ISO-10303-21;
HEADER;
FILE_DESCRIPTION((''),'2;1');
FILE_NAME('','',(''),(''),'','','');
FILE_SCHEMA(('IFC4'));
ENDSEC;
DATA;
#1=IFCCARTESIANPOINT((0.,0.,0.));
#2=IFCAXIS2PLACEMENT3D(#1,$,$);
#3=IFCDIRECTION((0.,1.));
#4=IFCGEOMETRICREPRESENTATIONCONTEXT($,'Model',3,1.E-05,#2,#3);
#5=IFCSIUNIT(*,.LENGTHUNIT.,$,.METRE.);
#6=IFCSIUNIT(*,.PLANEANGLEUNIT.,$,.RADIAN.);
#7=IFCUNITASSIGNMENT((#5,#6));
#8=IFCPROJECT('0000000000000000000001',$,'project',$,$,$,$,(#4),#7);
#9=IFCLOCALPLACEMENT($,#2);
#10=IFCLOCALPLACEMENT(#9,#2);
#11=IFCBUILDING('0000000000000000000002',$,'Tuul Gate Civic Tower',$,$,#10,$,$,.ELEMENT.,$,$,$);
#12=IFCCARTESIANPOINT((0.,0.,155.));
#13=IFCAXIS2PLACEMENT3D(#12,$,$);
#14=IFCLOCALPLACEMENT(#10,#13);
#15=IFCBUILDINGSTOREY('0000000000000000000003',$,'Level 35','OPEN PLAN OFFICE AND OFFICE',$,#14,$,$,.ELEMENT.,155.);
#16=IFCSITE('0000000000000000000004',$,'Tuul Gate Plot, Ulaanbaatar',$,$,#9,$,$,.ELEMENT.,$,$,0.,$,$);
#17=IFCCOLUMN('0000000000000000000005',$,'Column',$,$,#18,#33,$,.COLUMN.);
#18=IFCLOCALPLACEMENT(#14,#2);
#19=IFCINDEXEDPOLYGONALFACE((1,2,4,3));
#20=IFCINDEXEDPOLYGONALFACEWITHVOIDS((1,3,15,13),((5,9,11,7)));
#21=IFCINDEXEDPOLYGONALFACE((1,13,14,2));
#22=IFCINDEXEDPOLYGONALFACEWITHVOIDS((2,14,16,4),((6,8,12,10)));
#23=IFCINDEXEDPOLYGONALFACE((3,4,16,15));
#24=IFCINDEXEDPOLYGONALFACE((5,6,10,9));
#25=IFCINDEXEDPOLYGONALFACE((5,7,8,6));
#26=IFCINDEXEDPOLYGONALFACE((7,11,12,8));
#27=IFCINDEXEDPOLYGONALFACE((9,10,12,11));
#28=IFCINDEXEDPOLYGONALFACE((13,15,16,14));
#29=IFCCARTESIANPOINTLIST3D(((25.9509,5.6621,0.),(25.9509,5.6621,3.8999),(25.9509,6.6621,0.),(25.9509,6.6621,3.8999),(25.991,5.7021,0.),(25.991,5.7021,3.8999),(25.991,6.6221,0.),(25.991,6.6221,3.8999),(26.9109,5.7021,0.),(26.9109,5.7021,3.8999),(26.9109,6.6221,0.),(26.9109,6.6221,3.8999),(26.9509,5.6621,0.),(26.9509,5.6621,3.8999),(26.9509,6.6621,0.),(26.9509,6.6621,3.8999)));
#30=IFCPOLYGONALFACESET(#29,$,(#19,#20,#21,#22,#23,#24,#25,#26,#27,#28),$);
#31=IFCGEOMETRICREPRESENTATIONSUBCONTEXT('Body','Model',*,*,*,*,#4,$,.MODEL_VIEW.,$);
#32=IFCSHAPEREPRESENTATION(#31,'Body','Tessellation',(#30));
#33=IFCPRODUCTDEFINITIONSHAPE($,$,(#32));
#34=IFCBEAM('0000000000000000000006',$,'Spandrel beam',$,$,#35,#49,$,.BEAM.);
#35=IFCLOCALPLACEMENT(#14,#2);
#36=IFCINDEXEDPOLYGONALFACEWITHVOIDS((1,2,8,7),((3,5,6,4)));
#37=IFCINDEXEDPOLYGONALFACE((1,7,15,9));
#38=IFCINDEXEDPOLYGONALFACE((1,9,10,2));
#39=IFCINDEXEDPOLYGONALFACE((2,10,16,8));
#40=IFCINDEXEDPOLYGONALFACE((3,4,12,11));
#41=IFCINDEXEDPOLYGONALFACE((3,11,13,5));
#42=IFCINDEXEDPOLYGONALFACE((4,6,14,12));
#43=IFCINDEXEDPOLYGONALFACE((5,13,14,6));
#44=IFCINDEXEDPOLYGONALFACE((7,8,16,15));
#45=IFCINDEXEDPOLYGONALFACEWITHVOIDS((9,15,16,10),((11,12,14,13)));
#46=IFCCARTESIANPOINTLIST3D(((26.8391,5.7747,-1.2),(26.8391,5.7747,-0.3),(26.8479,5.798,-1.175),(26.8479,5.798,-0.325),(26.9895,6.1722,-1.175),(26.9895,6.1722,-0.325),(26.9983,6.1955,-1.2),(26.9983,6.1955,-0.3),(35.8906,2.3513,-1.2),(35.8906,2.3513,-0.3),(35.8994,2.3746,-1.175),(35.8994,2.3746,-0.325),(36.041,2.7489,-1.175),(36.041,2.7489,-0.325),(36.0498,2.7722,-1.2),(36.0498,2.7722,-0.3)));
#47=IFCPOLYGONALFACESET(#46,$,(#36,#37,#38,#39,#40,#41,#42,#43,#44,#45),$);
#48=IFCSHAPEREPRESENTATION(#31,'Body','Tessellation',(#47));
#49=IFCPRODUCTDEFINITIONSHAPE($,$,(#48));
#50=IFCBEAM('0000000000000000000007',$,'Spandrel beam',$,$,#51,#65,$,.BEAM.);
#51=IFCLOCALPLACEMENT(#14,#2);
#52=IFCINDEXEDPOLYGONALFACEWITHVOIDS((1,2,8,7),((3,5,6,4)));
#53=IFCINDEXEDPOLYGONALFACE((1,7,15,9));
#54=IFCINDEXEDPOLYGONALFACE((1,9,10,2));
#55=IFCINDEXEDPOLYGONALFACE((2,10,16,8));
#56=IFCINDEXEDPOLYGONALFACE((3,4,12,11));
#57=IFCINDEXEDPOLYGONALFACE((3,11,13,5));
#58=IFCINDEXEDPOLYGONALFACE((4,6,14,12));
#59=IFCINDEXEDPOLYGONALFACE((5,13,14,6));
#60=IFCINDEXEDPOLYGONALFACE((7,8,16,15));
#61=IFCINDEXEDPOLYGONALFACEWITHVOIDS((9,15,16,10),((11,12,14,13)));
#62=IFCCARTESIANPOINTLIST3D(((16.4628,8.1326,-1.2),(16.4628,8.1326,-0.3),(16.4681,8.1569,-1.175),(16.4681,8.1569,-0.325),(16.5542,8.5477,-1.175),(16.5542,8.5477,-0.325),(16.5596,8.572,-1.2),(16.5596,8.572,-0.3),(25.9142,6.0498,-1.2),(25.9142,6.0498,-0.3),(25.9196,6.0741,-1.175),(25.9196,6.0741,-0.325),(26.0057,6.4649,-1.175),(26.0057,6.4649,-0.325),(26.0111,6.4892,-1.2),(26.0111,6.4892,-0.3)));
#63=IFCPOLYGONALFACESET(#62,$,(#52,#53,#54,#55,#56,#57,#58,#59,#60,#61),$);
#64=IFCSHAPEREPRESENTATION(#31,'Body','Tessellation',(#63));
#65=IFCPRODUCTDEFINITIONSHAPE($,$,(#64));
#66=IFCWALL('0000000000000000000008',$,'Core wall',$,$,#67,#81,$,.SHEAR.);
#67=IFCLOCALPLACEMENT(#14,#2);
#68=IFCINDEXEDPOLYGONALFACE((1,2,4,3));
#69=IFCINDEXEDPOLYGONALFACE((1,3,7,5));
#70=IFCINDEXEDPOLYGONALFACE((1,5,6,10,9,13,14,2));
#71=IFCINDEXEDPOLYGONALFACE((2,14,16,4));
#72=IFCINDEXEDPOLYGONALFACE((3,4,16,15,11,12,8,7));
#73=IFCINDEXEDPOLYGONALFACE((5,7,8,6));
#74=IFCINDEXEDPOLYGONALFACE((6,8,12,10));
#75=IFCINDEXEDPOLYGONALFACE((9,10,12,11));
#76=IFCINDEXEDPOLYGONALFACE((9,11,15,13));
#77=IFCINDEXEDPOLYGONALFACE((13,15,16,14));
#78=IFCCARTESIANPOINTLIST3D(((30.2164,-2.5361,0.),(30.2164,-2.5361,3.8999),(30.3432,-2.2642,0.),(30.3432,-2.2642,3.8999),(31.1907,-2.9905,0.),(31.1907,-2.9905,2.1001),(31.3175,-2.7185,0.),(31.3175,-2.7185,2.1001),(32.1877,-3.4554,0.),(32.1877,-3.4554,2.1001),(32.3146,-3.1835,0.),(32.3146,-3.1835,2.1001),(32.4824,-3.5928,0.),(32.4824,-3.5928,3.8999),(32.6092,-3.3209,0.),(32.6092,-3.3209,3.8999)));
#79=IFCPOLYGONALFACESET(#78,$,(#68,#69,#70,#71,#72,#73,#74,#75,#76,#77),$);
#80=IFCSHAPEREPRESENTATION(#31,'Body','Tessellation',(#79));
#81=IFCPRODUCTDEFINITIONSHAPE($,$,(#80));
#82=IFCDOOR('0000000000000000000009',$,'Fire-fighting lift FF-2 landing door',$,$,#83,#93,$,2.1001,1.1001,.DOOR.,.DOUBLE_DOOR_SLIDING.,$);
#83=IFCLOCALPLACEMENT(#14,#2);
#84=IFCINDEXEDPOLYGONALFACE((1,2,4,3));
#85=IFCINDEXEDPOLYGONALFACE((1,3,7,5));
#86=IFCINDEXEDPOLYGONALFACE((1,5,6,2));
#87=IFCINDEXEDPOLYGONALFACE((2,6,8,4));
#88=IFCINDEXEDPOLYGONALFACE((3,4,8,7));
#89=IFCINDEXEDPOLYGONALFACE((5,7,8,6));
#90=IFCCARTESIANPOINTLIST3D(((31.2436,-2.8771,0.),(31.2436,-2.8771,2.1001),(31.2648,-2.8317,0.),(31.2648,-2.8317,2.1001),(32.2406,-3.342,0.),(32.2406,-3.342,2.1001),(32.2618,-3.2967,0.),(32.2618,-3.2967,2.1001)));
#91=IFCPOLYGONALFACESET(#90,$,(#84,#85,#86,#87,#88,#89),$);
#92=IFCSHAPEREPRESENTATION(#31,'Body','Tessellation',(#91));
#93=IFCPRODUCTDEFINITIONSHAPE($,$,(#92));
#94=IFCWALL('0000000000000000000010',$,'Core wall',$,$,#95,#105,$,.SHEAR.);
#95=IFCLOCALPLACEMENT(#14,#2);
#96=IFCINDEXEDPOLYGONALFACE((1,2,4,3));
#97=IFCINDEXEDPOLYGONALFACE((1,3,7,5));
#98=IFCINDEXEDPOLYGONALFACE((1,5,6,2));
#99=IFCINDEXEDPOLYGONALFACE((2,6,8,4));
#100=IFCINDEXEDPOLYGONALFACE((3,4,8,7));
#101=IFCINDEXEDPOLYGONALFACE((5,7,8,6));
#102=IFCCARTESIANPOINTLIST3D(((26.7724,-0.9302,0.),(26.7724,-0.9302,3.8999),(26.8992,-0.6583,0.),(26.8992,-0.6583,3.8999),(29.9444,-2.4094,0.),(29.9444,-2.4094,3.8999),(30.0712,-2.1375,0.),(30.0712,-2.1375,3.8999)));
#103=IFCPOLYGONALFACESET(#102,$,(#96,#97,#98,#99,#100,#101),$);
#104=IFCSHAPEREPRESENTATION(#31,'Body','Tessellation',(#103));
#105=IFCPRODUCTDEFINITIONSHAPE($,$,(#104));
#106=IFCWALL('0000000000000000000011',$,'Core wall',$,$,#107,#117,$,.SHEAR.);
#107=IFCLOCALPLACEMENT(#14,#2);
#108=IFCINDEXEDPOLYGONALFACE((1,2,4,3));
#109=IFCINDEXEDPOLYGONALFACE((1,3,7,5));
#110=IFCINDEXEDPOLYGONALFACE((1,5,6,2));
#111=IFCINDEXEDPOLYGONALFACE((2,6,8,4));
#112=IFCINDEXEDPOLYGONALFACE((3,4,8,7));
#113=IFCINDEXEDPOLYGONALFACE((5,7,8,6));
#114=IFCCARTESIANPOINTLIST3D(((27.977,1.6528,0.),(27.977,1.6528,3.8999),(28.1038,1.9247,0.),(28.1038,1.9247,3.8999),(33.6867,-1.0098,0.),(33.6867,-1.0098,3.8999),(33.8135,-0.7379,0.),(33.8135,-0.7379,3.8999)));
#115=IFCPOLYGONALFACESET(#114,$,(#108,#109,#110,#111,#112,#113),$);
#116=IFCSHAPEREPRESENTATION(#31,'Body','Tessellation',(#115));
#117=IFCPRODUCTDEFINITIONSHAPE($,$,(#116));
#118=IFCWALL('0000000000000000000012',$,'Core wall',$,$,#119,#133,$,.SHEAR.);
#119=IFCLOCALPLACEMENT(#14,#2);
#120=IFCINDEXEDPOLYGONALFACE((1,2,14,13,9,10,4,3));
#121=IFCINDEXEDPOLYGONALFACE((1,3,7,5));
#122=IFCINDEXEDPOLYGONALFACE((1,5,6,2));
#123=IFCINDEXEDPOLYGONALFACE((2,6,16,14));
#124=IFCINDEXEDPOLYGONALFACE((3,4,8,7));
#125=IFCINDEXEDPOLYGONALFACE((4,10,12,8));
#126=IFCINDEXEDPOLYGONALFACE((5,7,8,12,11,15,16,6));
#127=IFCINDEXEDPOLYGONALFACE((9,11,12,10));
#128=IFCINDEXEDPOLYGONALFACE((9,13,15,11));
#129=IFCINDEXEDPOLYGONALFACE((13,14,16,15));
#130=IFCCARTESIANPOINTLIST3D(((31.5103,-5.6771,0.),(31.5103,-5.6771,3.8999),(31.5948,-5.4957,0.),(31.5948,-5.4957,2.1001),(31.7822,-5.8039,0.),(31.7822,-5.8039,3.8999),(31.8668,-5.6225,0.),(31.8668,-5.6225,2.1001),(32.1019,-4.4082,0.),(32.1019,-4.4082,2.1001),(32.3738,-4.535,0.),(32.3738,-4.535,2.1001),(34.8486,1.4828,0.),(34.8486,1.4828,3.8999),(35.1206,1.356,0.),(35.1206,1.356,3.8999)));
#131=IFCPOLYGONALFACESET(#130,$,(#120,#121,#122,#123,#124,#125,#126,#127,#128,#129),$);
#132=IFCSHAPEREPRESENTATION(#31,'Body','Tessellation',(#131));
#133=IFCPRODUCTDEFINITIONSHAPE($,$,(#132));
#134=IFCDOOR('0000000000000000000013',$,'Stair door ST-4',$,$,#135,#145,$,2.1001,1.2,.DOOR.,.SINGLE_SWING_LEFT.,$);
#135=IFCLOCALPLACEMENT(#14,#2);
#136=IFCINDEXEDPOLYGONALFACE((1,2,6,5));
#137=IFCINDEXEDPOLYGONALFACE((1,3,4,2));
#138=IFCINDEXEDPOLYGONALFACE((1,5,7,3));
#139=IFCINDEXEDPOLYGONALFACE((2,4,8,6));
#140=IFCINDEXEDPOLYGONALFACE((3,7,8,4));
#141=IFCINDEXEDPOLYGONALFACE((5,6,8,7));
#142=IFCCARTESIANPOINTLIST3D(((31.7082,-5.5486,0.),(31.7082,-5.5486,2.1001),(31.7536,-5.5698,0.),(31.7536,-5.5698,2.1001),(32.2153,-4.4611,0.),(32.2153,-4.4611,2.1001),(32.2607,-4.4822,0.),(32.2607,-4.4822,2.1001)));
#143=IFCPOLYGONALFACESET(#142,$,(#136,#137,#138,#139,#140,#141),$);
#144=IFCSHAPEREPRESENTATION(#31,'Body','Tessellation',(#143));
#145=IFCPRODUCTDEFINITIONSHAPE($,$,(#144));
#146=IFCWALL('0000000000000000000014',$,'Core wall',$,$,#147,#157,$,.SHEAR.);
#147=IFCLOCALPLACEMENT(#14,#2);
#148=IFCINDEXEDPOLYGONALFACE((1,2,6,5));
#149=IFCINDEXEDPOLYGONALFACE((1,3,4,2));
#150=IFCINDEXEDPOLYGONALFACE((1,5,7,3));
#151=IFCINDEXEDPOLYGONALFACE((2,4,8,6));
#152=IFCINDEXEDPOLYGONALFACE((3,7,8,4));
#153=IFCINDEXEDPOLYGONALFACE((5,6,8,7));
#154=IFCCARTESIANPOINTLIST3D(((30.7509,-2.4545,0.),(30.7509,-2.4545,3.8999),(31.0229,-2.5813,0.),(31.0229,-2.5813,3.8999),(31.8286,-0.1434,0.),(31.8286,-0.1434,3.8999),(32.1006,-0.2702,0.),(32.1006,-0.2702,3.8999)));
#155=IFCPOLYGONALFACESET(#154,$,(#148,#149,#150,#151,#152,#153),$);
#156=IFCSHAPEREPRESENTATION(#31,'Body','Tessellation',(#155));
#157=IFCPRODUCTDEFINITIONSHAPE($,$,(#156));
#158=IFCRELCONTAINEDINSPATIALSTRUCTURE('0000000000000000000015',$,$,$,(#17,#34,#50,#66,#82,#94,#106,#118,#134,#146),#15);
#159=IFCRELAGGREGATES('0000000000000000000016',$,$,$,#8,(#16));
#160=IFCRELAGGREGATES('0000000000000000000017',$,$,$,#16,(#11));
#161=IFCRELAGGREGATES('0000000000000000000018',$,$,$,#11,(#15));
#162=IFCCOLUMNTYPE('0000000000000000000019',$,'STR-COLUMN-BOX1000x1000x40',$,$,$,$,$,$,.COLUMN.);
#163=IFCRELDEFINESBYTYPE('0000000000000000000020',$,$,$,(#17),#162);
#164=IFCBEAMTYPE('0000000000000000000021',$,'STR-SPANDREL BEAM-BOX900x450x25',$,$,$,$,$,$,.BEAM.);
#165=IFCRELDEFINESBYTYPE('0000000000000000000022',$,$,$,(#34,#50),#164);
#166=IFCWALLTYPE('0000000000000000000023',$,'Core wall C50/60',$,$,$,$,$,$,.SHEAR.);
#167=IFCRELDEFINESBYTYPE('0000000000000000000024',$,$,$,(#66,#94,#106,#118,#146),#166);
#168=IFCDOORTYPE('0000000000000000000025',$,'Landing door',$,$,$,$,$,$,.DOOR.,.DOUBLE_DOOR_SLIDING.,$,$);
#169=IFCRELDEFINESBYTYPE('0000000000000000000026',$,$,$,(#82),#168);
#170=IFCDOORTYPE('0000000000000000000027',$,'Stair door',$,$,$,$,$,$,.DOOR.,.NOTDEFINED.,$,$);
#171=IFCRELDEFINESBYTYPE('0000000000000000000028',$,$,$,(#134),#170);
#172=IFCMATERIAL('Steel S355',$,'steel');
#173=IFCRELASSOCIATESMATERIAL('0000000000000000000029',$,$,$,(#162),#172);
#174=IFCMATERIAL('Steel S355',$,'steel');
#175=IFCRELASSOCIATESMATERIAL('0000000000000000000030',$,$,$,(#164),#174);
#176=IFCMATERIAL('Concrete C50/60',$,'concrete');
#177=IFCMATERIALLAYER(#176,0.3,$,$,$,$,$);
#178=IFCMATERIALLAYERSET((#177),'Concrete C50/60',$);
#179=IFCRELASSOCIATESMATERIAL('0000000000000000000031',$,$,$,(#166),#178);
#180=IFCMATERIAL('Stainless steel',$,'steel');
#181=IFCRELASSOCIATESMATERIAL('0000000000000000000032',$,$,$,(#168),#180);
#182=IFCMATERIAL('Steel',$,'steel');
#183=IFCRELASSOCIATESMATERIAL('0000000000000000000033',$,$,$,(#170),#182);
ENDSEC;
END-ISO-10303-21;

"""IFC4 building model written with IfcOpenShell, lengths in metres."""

from ifc_helpers import new_model, si_unit, direction, frame, frame_2d, origin, origin_2d, place, context, subcontext, project, spatial, rectangle, hollow_rectangle, extrude, material, layer, layer_set, material_profile, profile_set, type_object, element, fill, save


model = new_model("IFC4")

# Units and contexts
model_context = context("Model", 3, precision=1e-05, world=origin(), true_north=direction((0.0, 1.0)))
body_context = subcontext(model_context, "Body", "Model", "MODEL_VIEW")
ifc_project = project(units=[si_unit("LENGTHUNIT", "METRE"), si_unit("PLANEANGLEUNIT", "RADIAN")], contexts=[model_context])

# Site, building, storey
site_placement = place(None, origin())
site = spatial("IfcSite", under=ifc_project, at=site_placement, Name="Tuul Gate Plot, Ulaanbaatar", CompositionType="ELEMENT", RefElevation=0.0)
building_placement = place(site_placement, origin())
building = spatial("IfcBuilding", under=site, at=building_placement, Name="Tuul Gate Civic Tower", CompositionType="ELEMENT")
storey_placement = place(building_placement, frame((0.0, 0.0, 155.0)))
storey = spatial("IfcBuildingStorey", under=building, at=storey_placement, Name="Level 35", Description="OPEN PLAN OFFICE AND OFFICE", CompositionType="ELEMENT", Elevation=155.0)

# Column
ifc_material_1 = material(Name="Steel S355", Category="steel")
ifc_material_profile_1 = material_profile(ifc_material_1, hollow_rectangle(XDim=1.0, YDim=1.0, WallThickness=0.04, at=origin_2d()), Name="BOX1000x1000x40")
ifc_profile_set_1 = profile_set([ifc_material_profile_1], Name="Steel S355")
column_type = type_object("IfcColumnType", Name="STR-COLUMN-BOX1000x1000x40", PredefinedType="COLUMN", material=ifc_profile_set_1)
column_placement = place(storey_placement, frame((26.4509, 6.1621, 0.0), z_axis=(0.0, 0.0, 1.0), x_axis=(1.0, 0.0, 0.0)))
element("IfcColumn", 1, at=column_placement, inside=storey, type_object=column_type, Name="Column", PredefinedType="COLUMN", context=body_context, shape_type="SweptSolid", body=[
    extrude(hollow_rectangle(XDim=1.0, YDim=1.0, WallThickness=0.04, at=origin_2d()), origin(), (0.0, 0.0, 1.0), 3.8999),
])

# Beams
ifc_material_2 = material(Name="Steel S355", Category="steel")
ifc_material_profile_2 = material_profile(ifc_material_2, hollow_rectangle(XDim=0.45, YDim=0.8999, WallThickness=0.0249, at=origin_2d()), Name="BOX900x450x25")
ifc_profile_set_2 = profile_set([ifc_material_profile_2], Name="Steel S355")
beam_type = type_object("IfcBeamType", Name="STR-SPANDREL BEAM-BOX900x450x25", PredefinedType="BEAM", material=ifc_profile_set_2)
beam_1_placement = place(storey_placement, frame((35.9702, 2.5618, -0.75), z_axis=(-0.93534, 0.353751, 0.0), x_axis=(-0.353751, -0.93534, 0.0)))
element("IfcBeam", 2, at=beam_1_placement, inside=storey, type_object=beam_type, Name="Spandrel beam", PredefinedType="BEAM", context=body_context, shape_type="SweptSolid", body=[
    extrude(hollow_rectangle(XDim=0.45, YDim=0.8999, WallThickness=0.0249, at=origin_2d()), origin(), (0.0, 0.0, 1.0), 9.6772),
])
beam_2_placement = place(storey_placement, frame((25.9626, 6.2695, -0.75), z_axis=(-0.97657, 0.215202, 0.0), x_axis=(-0.215202, -0.97657, 0.0)))
element("IfcBeam", 3, at=beam_2_placement, inside=storey, type_object=beam_type, Name="Spandrel beam", PredefinedType="BEAM", context=body_context, shape_type="SweptSolid", body=[
    extrude(hollow_rectangle(XDim=0.45, YDim=0.8999, WallThickness=0.0249, at=origin_2d()), origin(), (0.0, 0.0, 1.0), 9.6782),
])

# Wall, opening, door
ifc_material_3 = material(Name="Concrete C50/60", Category="concrete")
ifc_layer_1 = layer(ifc_material_3, 0.3)
ifc_layer_set_1 = layer_set([ifc_layer_1], Name="Concrete C50/60")
wall_type_1 = type_object("IfcWallType", Name="Core wall C50/60", PredefinedType="SHEAR", material=ifc_layer_set_1)
wall_1_placement = place(storey_placement, frame((32.5457, -3.4568, 0.0), z_axis=(0.0, 0.0, 1.0), x_axis=(-0.9063, 0.422634, 0.0)))
wall_1 = element("IfcWall", 4, at=wall_1_placement, inside=storey, type_object=wall_type_1, Name="Core wall", PredefinedType="SHEAR", context=body_context, shape_type="SweptSolid", body=[
    extrude(rectangle(XDim=2.5002, YDim=0.3, at=frame_2d((1.25, 0.0))), origin(), (0.0, 0.0, 1.0), 3.8999),
])
opening_1_placement = place(wall_1_placement, frame((0.325, 0.0, 0.0)))
opening_1 = element("IfcOpeningElement", 5, at=opening_1_placement, cuts=wall_1, PredefinedType="OPENING", context=body_context, shape_type="SweptSolid", body=[
    extrude(rectangle(XDim=1.1001, YDim=2.1001, at=frame_2d((0.55, 1.05))), frame((0.0, 0.1602, 0.0), z_axis=(0.0, -1.0, 0.0), x_axis=(1.0, 0.0, 0.0)), (0.0, 0.0, 1.0), 0.3201),
])
ifc_material_4 = material(Name="Stainless steel", Category="steel")
door_type_1 = type_object("IfcDoorType", Name="Landing door", OperationType="DOUBLE_DOOR_SLIDING", PredefinedType="DOOR", material=ifc_material_4)
door_1_placement = place(opening_1_placement, origin())
door_1 = element("IfcDoor", 6, at=door_1_placement, inside=storey, type_object=door_type_1, Name="Fire-fighting lift FF-2 landing door", OperationType="DOUBLE_DOOR_SLIDING", OverallHeight=2.1001, OverallWidth=1.1001, PredefinedType="DOOR", context=body_context, shape_type="SweptSolid", body=[
    extrude(rectangle(XDim=1.1001, YDim=2.1001, at=frame_2d((0.55, 1.05))), frame((0.0, 0.0249, 0.0), z_axis=(0.0, -1.0, 0.0), x_axis=(1.0, 0.0, 0.0)), (0.0, 0.0, 1.0), 0.05),
])
fill(opening_1, door_1)

# Walls
wall_2_placement = place(storey_placement, frame((30.0078, -2.2734, 0.0), z_axis=(0.0, 0.0, 1.0), x_axis=(-0.906301, 0.422633, 0.0)))
element("IfcWall", 7, at=wall_2_placement, inside=storey, type_object=wall_type_1, Name="Core wall", PredefinedType="SHEAR", context=body_context, shape_type="SweptSolid", body=[
    extrude(rectangle(XDim=3.5, YDim=0.3, at=frame_2d((1.75, 0.0))), origin(), (0.0, 0.0, 1.0), 3.8999),
])
wall_3_placement = place(storey_placement, frame((33.75, -0.8738, 0.0), z_axis=(0.0, 0.0, 1.0), x_axis=(-0.906301, 0.422633, 0.0)))
element("IfcWall", 8, at=wall_3_placement, inside=storey, type_object=wall_type_1, Name="Core wall", PredefinedType="SHEAR", context=body_context, shape_type="SweptSolid", body=[
    extrude(rectangle(XDim=6.3, YDim=0.3, at=frame_2d((3.1499, 0.0))), origin(), (0.0, 0.0, 1.0), 3.8999),
])

# Wall, opening, door
wall_4_placement = place(storey_placement, frame((31.6462, -5.7405, 0.0), z_axis=(0.0, 0.0, 1.0), x_axis=(0.422583, 0.906324, 0.0)))
wall_4 = element("IfcWall", 9, at=wall_4_placement, inside=storey, type_object=wall_type_1, Name="Core wall", PredefinedType="SHEAR", context=body_context, shape_type="SweptSolid", body=[
    extrude(rectangle(XDim=7.8999, YDim=0.3, at=frame_2d((3.95, 0.0))), origin(), (0.0, 0.0, 1.0), 3.8999),
])
opening_2_placement = place(wall_4_placement, frame((0.2, 0.0, 0.0)))
opening_2 = element("IfcOpeningElement", 10, at=opening_2_placement, cuts=wall_4, PredefinedType="OPENING", context=body_context, shape_type="SweptSolid", body=[
    extrude(rectangle(XDim=1.2, YDim=2.1001, at=frame_2d((0.6001, 1.05))), frame((0.0, 0.1602, 0.0), z_axis=(0.0, -1.0, 0.0), x_axis=(1.0, 0.0, 0.0)), (0.0, 0.0, 1.0), 0.3201),
])
ifc_material_5 = material(Name="Steel", Category="steel")
door_type_2 = type_object("IfcDoorType", Name="Stair door", OperationType="NOTDEFINED", PredefinedType="DOOR", material=ifc_material_5)
door_2_placement = place(opening_2_placement, origin())
door_2 = element("IfcDoor", 11, at=door_2_placement, inside=storey, type_object=door_type_2, Name="Stair door ST-4", OperationType="SINGLE_SWING_LEFT", OverallHeight=2.1001, OverallWidth=1.2, PredefinedType="DOOR", context=body_context, shape_type="SweptSolid", body=[
    extrude(rectangle(XDim=1.2, YDim=2.1001, at=frame_2d((0.6001, 1.05))), frame((0.0, 0.0249, 0.0), z_axis=(0.0, -1.0, 0.0), x_axis=(1.0, 0.0, 0.0)), (0.0, 0.0, 1.0), 0.05),
])
fill(opening_2, door_2)

# Wall
wall_5_placement = place(storey_placement, frame((30.887, -2.5178, 0.0), z_axis=(0.0, 0.0, 1.0), x_axis=(0.422613, 0.90631, 0.0)))
element("IfcWall", 12, at=wall_5_placement, inside=storey, type_object=wall_type_1, Name="Core wall", PredefinedType="SHEAR", context=body_context, shape_type="SweptSolid", body=[
    extrude(rectangle(XDim=2.55, YDim=0.3, at=frame_2d((1.2749, 0.0))), origin(), (0.0, 0.0, 1.0), 3.8999),
])

save(model, "model.ifc")
